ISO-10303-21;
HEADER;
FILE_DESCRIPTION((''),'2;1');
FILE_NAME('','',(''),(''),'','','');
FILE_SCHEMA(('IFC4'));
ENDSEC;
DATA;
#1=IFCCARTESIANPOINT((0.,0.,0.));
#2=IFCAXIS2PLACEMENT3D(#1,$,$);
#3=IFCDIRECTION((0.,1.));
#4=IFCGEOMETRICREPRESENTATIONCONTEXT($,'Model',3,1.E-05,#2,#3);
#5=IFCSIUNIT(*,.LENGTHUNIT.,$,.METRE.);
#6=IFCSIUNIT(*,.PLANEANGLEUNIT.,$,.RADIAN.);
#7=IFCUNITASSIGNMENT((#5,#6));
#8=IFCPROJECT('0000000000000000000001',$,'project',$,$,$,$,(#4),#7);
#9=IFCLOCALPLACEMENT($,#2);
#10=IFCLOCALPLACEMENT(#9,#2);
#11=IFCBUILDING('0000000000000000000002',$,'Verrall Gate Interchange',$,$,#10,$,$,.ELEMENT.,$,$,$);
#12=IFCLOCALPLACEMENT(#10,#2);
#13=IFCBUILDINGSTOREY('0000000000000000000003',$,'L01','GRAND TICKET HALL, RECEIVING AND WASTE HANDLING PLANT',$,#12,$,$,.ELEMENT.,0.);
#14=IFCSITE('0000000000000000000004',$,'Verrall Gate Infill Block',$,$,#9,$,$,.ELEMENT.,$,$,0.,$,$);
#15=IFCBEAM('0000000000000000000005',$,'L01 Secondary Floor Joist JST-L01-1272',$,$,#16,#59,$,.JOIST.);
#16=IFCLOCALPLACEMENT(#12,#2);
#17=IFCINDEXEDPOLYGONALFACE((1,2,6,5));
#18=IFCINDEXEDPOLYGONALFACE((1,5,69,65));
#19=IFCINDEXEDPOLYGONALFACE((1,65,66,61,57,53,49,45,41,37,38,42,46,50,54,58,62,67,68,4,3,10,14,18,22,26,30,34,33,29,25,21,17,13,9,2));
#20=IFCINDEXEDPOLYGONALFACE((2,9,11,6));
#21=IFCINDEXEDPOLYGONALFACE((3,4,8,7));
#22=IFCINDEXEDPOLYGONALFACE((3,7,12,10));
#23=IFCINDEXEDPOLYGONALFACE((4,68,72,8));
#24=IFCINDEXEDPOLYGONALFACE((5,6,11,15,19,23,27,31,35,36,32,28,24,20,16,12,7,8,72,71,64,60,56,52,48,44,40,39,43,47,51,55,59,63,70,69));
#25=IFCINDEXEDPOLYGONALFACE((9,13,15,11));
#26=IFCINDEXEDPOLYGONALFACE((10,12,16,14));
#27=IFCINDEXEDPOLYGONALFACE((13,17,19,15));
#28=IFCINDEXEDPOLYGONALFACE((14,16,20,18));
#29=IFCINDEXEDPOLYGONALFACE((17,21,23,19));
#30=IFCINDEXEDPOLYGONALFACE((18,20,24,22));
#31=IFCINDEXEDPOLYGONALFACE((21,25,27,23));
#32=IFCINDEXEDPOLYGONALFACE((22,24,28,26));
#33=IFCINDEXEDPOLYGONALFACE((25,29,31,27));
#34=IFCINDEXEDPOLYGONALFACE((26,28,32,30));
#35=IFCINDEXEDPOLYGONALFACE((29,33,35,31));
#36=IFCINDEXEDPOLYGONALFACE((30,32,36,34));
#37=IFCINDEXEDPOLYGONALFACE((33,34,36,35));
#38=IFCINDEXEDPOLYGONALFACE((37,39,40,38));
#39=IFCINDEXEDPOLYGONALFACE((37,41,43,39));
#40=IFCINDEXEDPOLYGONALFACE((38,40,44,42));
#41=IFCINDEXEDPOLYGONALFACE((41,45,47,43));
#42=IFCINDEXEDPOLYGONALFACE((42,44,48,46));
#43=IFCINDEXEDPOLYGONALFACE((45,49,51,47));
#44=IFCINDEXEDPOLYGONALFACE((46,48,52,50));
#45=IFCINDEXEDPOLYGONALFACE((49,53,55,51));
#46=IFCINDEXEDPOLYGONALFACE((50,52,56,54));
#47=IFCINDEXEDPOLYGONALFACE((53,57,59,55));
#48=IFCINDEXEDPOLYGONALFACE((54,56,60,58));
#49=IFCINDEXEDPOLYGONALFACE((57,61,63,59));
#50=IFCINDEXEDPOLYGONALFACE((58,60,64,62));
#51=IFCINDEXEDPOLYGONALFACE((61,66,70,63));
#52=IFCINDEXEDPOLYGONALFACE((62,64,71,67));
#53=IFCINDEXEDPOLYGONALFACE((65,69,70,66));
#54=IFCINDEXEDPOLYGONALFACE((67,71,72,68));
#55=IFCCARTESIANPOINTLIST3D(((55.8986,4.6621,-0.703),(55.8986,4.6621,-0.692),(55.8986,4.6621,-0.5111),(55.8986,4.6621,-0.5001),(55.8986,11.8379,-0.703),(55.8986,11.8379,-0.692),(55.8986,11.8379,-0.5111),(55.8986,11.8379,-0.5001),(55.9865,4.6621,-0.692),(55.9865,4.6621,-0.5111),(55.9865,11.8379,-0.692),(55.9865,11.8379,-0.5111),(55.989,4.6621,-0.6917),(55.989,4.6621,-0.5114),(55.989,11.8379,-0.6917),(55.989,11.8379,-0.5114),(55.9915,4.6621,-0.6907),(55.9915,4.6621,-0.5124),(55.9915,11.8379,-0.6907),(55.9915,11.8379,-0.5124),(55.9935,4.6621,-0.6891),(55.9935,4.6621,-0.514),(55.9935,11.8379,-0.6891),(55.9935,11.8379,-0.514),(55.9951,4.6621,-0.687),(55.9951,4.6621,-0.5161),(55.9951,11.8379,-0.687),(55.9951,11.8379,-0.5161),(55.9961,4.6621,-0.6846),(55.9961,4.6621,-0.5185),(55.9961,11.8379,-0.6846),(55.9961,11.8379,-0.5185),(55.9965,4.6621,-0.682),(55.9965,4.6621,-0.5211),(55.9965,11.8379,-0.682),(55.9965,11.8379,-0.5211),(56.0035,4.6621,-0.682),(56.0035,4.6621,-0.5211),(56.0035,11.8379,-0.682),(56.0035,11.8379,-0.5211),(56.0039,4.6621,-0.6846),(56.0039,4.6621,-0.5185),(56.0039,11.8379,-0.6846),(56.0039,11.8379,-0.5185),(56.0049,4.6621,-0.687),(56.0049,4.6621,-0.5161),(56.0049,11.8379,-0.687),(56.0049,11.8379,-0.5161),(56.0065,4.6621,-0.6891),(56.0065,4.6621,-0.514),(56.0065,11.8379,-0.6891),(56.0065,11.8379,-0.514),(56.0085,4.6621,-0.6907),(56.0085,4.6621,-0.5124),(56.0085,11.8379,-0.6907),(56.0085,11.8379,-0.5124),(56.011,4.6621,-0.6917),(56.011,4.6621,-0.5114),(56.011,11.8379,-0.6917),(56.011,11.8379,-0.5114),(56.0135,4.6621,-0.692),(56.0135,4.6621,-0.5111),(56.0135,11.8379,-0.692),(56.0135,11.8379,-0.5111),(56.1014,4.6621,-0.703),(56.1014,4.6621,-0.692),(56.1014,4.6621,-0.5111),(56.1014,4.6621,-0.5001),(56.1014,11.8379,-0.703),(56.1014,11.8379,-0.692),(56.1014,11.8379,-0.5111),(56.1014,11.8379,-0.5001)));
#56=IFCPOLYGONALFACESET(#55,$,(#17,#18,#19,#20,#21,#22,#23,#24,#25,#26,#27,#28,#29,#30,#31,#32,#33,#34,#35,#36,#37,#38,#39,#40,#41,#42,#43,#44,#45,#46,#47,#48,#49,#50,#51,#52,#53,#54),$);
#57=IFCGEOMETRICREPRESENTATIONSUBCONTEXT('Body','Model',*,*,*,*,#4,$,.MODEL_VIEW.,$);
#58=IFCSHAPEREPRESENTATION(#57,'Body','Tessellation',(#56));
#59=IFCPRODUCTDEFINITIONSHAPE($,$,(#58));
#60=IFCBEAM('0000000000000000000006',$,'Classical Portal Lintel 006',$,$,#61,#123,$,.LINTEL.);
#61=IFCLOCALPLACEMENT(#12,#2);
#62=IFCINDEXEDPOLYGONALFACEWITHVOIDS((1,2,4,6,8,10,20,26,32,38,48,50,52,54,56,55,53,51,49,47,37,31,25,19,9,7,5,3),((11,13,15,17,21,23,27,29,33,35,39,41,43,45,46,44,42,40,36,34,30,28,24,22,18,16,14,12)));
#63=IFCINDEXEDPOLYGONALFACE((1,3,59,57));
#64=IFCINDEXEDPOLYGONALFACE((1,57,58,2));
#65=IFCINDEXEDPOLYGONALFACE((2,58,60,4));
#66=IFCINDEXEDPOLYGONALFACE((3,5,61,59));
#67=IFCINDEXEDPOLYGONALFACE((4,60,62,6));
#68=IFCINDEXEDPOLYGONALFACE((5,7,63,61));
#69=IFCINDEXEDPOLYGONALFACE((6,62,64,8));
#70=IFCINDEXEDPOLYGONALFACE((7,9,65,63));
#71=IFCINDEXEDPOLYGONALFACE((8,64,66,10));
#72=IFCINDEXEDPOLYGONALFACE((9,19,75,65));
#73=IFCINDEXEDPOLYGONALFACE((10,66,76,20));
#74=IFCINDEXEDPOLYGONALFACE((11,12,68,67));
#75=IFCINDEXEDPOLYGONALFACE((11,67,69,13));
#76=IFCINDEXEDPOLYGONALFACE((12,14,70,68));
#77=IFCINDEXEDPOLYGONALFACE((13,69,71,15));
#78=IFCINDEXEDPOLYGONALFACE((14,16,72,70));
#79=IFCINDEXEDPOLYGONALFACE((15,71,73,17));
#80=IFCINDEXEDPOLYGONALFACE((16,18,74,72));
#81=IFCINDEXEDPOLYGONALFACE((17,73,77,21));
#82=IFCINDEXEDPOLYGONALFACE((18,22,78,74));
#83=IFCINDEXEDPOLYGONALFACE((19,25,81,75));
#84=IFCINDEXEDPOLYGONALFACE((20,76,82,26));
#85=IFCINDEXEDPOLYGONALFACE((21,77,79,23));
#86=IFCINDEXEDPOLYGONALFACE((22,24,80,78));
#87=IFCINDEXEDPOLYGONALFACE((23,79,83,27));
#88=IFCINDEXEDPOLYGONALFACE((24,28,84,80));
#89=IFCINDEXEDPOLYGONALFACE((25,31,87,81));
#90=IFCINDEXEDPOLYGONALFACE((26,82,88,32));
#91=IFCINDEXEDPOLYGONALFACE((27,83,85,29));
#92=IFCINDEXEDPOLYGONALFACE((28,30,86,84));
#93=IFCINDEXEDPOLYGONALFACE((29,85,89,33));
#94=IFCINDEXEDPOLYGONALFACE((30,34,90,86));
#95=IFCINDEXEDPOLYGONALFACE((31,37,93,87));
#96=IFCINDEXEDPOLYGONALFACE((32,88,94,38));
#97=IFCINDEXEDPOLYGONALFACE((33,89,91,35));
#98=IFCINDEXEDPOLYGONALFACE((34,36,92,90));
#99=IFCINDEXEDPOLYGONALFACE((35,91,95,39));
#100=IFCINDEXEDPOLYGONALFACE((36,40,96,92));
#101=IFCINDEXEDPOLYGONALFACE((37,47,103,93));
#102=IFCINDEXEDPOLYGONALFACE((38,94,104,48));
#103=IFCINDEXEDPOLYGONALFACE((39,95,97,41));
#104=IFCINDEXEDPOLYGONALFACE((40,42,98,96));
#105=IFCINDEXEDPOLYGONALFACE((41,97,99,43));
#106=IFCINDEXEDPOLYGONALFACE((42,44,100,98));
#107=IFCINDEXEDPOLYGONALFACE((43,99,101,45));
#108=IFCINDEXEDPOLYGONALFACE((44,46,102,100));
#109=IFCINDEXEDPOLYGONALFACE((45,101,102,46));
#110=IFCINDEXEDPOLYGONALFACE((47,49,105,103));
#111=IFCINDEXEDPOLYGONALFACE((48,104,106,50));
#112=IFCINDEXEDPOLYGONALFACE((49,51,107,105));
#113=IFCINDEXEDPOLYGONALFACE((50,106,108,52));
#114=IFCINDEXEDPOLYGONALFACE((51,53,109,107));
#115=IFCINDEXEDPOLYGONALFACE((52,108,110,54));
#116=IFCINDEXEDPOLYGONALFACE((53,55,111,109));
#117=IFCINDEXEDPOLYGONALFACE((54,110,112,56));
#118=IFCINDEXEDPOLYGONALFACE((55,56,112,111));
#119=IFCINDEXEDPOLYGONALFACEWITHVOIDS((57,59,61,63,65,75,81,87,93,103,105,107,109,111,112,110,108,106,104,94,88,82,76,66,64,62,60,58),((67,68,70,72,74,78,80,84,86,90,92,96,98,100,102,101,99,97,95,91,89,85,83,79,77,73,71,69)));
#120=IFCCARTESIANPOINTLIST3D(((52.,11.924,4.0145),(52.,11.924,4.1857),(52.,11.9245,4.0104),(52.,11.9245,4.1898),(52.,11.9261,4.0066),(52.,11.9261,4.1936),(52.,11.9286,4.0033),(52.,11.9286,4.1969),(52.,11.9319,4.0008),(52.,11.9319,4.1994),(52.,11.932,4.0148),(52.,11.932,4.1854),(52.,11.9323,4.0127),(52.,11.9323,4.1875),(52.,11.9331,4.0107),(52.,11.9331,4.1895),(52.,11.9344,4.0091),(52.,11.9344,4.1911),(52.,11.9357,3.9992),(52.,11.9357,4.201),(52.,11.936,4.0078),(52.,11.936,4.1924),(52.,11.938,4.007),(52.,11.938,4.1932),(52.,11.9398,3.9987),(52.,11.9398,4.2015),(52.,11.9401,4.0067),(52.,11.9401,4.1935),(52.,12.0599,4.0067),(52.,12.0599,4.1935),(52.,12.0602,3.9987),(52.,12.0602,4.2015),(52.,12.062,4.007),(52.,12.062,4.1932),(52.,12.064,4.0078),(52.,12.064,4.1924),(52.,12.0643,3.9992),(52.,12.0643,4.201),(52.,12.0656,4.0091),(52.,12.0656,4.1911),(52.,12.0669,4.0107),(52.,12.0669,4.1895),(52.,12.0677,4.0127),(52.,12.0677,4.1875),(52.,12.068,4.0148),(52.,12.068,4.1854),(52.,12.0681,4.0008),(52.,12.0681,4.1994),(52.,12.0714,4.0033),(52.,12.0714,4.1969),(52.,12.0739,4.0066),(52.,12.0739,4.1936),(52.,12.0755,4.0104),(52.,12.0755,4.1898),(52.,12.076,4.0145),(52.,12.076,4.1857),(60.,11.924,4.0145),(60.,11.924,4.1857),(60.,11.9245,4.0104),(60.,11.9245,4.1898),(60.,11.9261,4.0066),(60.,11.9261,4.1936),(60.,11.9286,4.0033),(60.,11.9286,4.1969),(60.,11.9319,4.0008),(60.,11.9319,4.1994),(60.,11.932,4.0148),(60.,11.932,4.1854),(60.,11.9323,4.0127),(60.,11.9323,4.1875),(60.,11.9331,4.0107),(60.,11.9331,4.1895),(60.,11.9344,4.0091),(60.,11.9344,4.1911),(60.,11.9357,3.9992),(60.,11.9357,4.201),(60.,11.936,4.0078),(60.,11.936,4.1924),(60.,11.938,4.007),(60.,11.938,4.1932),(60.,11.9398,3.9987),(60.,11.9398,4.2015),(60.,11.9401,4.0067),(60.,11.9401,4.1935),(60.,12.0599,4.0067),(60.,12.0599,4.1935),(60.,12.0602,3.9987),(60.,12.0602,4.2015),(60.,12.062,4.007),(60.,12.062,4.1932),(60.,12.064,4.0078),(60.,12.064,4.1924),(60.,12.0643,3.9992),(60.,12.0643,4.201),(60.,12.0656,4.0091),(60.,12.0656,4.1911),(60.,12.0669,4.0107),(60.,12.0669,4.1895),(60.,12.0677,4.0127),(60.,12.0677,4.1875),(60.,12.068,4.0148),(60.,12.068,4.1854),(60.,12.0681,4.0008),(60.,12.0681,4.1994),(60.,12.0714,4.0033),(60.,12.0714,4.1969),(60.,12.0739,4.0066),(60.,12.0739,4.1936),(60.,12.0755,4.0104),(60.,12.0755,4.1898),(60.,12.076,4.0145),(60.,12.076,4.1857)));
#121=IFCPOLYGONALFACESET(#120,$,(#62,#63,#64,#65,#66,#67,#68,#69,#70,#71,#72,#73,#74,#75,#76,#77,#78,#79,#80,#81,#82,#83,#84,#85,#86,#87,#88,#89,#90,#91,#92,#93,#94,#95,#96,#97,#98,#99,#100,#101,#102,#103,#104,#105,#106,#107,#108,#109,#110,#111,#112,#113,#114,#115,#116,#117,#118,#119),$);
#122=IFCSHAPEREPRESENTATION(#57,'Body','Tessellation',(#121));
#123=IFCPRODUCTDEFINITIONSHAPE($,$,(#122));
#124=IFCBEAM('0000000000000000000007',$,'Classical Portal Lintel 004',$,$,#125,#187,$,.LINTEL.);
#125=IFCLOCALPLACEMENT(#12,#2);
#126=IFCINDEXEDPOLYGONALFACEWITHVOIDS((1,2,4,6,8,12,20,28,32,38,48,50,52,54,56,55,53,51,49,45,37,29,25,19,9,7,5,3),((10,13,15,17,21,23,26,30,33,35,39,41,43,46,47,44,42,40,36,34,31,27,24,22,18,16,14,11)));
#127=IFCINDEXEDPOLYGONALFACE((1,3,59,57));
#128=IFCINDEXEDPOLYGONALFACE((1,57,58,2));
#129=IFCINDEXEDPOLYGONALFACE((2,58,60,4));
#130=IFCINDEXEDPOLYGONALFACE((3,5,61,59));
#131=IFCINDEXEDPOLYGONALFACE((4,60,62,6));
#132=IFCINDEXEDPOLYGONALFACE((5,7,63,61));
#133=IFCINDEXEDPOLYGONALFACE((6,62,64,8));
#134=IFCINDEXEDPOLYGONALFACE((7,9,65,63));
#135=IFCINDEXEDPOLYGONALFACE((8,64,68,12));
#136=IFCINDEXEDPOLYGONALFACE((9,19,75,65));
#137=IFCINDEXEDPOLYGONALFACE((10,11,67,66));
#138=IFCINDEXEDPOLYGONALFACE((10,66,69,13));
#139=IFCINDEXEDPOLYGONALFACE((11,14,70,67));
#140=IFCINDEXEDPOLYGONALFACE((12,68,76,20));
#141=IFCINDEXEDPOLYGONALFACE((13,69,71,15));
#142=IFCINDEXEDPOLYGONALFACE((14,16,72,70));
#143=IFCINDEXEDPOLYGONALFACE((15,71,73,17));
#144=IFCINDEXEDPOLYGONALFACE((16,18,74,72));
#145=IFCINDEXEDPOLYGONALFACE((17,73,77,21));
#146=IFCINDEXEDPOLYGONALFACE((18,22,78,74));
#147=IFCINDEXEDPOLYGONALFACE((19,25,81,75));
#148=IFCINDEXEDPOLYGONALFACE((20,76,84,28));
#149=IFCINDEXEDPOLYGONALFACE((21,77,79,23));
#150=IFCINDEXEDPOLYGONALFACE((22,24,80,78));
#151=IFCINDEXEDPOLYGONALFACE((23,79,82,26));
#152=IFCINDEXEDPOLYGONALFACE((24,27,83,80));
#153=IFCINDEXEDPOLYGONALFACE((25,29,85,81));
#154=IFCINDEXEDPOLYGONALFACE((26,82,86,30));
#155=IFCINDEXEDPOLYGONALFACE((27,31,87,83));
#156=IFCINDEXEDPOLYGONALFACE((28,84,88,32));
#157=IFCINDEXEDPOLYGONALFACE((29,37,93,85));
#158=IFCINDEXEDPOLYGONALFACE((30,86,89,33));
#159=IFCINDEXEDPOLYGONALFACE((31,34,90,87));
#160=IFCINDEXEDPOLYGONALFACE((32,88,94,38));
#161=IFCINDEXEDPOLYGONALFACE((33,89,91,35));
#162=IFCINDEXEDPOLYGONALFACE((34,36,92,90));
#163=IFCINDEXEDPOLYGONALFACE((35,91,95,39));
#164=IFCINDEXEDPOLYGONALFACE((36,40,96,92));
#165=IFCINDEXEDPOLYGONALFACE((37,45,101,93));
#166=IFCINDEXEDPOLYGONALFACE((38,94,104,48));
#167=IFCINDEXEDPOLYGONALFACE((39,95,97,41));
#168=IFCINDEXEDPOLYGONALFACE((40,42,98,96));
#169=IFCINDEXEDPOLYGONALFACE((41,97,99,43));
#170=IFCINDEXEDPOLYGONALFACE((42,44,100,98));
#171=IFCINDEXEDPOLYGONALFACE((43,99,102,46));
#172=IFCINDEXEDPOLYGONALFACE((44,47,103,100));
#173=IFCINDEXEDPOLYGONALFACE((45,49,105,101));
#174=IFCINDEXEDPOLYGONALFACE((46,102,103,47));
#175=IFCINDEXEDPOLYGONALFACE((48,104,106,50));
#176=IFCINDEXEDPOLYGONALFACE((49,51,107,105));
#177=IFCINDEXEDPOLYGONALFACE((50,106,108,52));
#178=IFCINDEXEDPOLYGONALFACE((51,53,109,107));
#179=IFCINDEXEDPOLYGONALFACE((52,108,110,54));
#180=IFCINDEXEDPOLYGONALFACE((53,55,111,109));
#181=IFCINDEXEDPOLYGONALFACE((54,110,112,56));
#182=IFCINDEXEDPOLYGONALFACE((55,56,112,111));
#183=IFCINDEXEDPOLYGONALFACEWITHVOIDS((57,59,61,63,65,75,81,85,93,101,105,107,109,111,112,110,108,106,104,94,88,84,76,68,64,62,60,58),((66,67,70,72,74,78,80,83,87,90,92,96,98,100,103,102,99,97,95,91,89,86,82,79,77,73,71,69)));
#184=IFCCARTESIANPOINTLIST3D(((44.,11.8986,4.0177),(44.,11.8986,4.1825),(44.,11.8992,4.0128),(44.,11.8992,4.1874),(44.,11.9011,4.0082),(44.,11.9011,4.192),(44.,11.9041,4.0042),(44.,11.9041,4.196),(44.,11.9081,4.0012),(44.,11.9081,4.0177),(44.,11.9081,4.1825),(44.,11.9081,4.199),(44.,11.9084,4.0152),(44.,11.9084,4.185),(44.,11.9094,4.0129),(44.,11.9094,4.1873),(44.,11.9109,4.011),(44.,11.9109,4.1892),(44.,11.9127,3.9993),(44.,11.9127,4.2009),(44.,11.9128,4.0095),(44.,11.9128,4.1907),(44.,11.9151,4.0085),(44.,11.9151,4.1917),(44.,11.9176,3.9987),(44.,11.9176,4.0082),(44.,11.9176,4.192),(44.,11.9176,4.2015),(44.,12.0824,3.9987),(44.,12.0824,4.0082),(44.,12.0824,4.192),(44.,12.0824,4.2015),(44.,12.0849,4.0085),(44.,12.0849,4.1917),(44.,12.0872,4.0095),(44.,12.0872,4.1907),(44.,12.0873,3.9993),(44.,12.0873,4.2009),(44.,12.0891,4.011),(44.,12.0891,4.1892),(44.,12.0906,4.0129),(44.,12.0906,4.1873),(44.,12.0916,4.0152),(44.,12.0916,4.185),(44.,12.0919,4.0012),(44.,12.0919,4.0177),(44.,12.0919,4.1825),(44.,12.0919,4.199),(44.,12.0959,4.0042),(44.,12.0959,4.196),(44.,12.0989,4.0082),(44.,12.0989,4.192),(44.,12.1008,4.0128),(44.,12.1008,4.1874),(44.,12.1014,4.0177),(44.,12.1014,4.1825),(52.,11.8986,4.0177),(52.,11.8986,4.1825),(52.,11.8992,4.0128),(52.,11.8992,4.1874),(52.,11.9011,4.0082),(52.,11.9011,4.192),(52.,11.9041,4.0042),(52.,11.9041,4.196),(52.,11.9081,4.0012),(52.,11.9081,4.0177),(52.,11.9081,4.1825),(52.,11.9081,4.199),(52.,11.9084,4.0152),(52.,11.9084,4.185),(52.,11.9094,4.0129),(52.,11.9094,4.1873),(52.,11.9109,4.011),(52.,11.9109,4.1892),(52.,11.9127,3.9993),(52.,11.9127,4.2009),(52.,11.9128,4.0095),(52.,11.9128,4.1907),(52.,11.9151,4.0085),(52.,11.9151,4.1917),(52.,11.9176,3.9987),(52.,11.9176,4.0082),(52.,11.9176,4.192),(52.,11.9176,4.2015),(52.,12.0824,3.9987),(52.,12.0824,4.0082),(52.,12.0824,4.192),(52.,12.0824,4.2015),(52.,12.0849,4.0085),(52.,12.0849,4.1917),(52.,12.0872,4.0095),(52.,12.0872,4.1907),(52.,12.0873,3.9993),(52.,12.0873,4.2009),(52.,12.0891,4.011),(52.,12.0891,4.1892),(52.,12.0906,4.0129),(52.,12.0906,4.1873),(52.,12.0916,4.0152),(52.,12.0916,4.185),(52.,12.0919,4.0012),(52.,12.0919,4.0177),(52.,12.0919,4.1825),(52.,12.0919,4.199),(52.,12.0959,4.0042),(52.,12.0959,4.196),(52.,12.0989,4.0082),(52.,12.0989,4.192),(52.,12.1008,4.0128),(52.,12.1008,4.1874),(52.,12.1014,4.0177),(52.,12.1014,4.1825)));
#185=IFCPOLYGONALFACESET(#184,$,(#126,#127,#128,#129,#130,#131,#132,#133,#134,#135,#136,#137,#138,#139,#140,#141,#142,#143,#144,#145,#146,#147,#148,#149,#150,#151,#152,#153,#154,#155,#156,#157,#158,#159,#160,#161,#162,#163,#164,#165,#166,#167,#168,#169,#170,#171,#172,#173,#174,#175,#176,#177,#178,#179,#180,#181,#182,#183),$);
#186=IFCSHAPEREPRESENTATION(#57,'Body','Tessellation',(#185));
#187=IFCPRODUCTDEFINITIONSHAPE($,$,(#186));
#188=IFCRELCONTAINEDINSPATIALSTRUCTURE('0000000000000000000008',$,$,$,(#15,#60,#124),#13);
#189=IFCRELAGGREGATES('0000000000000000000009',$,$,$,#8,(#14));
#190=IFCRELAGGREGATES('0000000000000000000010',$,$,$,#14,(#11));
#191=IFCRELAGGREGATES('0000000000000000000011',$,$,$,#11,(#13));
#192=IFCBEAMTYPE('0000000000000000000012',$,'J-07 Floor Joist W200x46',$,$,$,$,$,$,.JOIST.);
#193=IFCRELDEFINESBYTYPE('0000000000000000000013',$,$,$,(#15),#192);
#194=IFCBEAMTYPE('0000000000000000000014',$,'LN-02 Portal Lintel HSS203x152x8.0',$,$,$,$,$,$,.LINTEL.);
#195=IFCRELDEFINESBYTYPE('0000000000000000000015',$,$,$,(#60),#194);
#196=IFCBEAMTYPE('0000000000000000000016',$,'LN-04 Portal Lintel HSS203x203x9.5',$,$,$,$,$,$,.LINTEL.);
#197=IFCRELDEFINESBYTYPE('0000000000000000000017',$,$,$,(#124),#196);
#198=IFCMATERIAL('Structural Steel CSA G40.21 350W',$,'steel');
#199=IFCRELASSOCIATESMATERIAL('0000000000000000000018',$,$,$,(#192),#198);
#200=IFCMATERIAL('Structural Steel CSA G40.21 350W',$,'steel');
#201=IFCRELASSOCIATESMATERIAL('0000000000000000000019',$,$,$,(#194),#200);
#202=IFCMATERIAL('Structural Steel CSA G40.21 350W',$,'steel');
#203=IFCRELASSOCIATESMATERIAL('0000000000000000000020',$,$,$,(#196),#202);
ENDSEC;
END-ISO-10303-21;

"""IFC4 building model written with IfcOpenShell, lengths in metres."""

from ifc_helpers import new_model, si_unit, direction, frame, origin, origin_2d, place, context, subcontext, project, spatial, hollow_rectangle, i_section, extrude, material, material_profile, profile_set, type_object, element, save


model = new_model("IFC4")

# Units and contexts
model_context = context("Model", 3, precision=1e-05, world=origin(), true_north=direction((0.0, 1.0)))
body_context = subcontext(model_context, "Body", "Model", "MODEL_VIEW")
ifc_project = project(units=[si_unit("LENGTHUNIT", "METRE"), si_unit("PLANEANGLEUNIT", "RADIAN")], contexts=[model_context])

# Site, building, storey
site_placement = place(None, origin())
site = spatial("IfcSite", under=ifc_project, at=site_placement, Name="Verrall Gate Infill Block", CompositionType="ELEMENT", RefElevation=0.0)
building_placement = place(site_placement, origin())
building = spatial("IfcBuilding", under=site, at=building_placement, Name="Verrall Gate Interchange", CompositionType="ELEMENT")
storey_placement = place(building_placement, origin())
storey = spatial("IfcBuildingStorey", under=building, at=storey_placement, Name="L01", Description="GRAND TICKET HALL, RECEIVING AND WASTE HANDLING PLANT", CompositionType="ELEMENT", Elevation=0.0)

# Beams
ifc_material_1 = material(Name="Structural Steel CSA G40.21 350W", Category="steel")
ifc_material_profile_1 = material_profile(ifc_material_1, i_section(OverallWidth=0.2029, OverallDepth=0.2029, WebThickness=0.0071, FlangeThickness=0.011, FilletRadius=0.01, at=origin_2d()), Name="W200x46")
ifc_profile_set_1 = profile_set([ifc_material_profile_1], Name="Structural Steel CSA G40.21 350W")
beam_type_1 = type_object("IfcBeamType", Name="J-07 Floor Joist W200x46", PredefinedType="JOIST", material=ifc_profile_set_1)
beam_1_placement = place(storey_placement, frame((56.0, 4.6621, -0.6016), z_axis=(0.0, 1.0, 0.0), x_axis=(-1.0, 0.0, 0.0)))
element("IfcBeam", 1, at=beam_1_placement, inside=storey, type_object=beam_type_1, Name="L01 Secondary Floor Joist JST-L01-1272", PredefinedType="JOIST", context=body_context, shape_type="SweptSolid", body=[
    extrude(i_section(OverallWidth=0.2029, OverallDepth=0.2029, WebThickness=0.0071, FlangeThickness=0.011, FilletRadius=0.01, at=origin_2d()), origin(), (0.0, 0.0, 1.0), 7.1758),
])
ifc_material_2 = material(Name="Structural Steel CSA G40.21 350W", Category="steel")
ifc_material_profile_2 = material_profile(ifc_material_2, hollow_rectangle(XDim=0.1521, YDim=0.2029, WallThickness=0.0081, InnerFilletRadius=0.0081, OuterFilletRadius=0.0159, at=origin_2d()), Name="HSS203x152x8.0")
ifc_profile_set_2 = profile_set([ifc_material_profile_2], Name="Structural Steel CSA G40.21 350W")
beam_type_2 = type_object("IfcBeamType", Name="LN-02 Portal Lintel HSS203x152x8.0", PredefinedType="LINTEL", material=ifc_profile_set_2)
beam_2_placement = place(storey_placement, frame((52.0, 12.0, 4.1001), z_axis=(1.0, 0.0, 0.0), x_axis=(0.0, 1.0, 0.0)))
element("IfcBeam", 2, at=beam_2_placement, inside=storey, type_object=beam_type_2, Name="Classical Portal Lintel 006", PredefinedType="LINTEL", context=body_context, shape_type="SweptSolid", body=[
    extrude(hollow_rectangle(XDim=0.1521, YDim=0.2029, WallThickness=0.0081, InnerFilletRadius=0.0081, OuterFilletRadius=0.0159, at=origin_2d()), origin(), (0.0, 0.0, 1.0), 8.0),
])
ifc_material_3 = material(Name="Structural Steel CSA G40.21 350W", Category="steel")
ifc_material_profile_3 = material_profile(ifc_material_3, hollow_rectangle(XDim=0.2029, YDim=0.2029, WallThickness=0.0095, InnerFilletRadius=0.0095, OuterFilletRadius=0.019, at=origin_2d()), Name="HSS203x203x9.5")
ifc_profile_set_3 = profile_set([ifc_material_profile_3], Name="Structural Steel CSA G40.21 350W")
beam_type_3 = type_object("IfcBeamType", Name="LN-04 Portal Lintel HSS203x203x9.5", PredefinedType="LINTEL", material=ifc_profile_set_3)
beam_3_placement = place(storey_placement, frame((44.0, 12.0, 4.1001), z_axis=(1.0, 0.0, 0.0), x_axis=(0.0, 1.0, 0.0)))
element("IfcBeam", 3, at=beam_3_placement, inside=storey, type_object=beam_type_3, Name="Classical Portal Lintel 004", PredefinedType="LINTEL", context=body_context, shape_type="SweptSolid", body=[
    extrude(hollow_rectangle(XDim=0.2029, YDim=0.2029, WallThickness=0.0095, InnerFilletRadius=0.0095, OuterFilletRadius=0.019, at=origin_2d()), origin(), (0.0, 0.0, 1.0), 8.0),
])

save(model, "model.ifc")
